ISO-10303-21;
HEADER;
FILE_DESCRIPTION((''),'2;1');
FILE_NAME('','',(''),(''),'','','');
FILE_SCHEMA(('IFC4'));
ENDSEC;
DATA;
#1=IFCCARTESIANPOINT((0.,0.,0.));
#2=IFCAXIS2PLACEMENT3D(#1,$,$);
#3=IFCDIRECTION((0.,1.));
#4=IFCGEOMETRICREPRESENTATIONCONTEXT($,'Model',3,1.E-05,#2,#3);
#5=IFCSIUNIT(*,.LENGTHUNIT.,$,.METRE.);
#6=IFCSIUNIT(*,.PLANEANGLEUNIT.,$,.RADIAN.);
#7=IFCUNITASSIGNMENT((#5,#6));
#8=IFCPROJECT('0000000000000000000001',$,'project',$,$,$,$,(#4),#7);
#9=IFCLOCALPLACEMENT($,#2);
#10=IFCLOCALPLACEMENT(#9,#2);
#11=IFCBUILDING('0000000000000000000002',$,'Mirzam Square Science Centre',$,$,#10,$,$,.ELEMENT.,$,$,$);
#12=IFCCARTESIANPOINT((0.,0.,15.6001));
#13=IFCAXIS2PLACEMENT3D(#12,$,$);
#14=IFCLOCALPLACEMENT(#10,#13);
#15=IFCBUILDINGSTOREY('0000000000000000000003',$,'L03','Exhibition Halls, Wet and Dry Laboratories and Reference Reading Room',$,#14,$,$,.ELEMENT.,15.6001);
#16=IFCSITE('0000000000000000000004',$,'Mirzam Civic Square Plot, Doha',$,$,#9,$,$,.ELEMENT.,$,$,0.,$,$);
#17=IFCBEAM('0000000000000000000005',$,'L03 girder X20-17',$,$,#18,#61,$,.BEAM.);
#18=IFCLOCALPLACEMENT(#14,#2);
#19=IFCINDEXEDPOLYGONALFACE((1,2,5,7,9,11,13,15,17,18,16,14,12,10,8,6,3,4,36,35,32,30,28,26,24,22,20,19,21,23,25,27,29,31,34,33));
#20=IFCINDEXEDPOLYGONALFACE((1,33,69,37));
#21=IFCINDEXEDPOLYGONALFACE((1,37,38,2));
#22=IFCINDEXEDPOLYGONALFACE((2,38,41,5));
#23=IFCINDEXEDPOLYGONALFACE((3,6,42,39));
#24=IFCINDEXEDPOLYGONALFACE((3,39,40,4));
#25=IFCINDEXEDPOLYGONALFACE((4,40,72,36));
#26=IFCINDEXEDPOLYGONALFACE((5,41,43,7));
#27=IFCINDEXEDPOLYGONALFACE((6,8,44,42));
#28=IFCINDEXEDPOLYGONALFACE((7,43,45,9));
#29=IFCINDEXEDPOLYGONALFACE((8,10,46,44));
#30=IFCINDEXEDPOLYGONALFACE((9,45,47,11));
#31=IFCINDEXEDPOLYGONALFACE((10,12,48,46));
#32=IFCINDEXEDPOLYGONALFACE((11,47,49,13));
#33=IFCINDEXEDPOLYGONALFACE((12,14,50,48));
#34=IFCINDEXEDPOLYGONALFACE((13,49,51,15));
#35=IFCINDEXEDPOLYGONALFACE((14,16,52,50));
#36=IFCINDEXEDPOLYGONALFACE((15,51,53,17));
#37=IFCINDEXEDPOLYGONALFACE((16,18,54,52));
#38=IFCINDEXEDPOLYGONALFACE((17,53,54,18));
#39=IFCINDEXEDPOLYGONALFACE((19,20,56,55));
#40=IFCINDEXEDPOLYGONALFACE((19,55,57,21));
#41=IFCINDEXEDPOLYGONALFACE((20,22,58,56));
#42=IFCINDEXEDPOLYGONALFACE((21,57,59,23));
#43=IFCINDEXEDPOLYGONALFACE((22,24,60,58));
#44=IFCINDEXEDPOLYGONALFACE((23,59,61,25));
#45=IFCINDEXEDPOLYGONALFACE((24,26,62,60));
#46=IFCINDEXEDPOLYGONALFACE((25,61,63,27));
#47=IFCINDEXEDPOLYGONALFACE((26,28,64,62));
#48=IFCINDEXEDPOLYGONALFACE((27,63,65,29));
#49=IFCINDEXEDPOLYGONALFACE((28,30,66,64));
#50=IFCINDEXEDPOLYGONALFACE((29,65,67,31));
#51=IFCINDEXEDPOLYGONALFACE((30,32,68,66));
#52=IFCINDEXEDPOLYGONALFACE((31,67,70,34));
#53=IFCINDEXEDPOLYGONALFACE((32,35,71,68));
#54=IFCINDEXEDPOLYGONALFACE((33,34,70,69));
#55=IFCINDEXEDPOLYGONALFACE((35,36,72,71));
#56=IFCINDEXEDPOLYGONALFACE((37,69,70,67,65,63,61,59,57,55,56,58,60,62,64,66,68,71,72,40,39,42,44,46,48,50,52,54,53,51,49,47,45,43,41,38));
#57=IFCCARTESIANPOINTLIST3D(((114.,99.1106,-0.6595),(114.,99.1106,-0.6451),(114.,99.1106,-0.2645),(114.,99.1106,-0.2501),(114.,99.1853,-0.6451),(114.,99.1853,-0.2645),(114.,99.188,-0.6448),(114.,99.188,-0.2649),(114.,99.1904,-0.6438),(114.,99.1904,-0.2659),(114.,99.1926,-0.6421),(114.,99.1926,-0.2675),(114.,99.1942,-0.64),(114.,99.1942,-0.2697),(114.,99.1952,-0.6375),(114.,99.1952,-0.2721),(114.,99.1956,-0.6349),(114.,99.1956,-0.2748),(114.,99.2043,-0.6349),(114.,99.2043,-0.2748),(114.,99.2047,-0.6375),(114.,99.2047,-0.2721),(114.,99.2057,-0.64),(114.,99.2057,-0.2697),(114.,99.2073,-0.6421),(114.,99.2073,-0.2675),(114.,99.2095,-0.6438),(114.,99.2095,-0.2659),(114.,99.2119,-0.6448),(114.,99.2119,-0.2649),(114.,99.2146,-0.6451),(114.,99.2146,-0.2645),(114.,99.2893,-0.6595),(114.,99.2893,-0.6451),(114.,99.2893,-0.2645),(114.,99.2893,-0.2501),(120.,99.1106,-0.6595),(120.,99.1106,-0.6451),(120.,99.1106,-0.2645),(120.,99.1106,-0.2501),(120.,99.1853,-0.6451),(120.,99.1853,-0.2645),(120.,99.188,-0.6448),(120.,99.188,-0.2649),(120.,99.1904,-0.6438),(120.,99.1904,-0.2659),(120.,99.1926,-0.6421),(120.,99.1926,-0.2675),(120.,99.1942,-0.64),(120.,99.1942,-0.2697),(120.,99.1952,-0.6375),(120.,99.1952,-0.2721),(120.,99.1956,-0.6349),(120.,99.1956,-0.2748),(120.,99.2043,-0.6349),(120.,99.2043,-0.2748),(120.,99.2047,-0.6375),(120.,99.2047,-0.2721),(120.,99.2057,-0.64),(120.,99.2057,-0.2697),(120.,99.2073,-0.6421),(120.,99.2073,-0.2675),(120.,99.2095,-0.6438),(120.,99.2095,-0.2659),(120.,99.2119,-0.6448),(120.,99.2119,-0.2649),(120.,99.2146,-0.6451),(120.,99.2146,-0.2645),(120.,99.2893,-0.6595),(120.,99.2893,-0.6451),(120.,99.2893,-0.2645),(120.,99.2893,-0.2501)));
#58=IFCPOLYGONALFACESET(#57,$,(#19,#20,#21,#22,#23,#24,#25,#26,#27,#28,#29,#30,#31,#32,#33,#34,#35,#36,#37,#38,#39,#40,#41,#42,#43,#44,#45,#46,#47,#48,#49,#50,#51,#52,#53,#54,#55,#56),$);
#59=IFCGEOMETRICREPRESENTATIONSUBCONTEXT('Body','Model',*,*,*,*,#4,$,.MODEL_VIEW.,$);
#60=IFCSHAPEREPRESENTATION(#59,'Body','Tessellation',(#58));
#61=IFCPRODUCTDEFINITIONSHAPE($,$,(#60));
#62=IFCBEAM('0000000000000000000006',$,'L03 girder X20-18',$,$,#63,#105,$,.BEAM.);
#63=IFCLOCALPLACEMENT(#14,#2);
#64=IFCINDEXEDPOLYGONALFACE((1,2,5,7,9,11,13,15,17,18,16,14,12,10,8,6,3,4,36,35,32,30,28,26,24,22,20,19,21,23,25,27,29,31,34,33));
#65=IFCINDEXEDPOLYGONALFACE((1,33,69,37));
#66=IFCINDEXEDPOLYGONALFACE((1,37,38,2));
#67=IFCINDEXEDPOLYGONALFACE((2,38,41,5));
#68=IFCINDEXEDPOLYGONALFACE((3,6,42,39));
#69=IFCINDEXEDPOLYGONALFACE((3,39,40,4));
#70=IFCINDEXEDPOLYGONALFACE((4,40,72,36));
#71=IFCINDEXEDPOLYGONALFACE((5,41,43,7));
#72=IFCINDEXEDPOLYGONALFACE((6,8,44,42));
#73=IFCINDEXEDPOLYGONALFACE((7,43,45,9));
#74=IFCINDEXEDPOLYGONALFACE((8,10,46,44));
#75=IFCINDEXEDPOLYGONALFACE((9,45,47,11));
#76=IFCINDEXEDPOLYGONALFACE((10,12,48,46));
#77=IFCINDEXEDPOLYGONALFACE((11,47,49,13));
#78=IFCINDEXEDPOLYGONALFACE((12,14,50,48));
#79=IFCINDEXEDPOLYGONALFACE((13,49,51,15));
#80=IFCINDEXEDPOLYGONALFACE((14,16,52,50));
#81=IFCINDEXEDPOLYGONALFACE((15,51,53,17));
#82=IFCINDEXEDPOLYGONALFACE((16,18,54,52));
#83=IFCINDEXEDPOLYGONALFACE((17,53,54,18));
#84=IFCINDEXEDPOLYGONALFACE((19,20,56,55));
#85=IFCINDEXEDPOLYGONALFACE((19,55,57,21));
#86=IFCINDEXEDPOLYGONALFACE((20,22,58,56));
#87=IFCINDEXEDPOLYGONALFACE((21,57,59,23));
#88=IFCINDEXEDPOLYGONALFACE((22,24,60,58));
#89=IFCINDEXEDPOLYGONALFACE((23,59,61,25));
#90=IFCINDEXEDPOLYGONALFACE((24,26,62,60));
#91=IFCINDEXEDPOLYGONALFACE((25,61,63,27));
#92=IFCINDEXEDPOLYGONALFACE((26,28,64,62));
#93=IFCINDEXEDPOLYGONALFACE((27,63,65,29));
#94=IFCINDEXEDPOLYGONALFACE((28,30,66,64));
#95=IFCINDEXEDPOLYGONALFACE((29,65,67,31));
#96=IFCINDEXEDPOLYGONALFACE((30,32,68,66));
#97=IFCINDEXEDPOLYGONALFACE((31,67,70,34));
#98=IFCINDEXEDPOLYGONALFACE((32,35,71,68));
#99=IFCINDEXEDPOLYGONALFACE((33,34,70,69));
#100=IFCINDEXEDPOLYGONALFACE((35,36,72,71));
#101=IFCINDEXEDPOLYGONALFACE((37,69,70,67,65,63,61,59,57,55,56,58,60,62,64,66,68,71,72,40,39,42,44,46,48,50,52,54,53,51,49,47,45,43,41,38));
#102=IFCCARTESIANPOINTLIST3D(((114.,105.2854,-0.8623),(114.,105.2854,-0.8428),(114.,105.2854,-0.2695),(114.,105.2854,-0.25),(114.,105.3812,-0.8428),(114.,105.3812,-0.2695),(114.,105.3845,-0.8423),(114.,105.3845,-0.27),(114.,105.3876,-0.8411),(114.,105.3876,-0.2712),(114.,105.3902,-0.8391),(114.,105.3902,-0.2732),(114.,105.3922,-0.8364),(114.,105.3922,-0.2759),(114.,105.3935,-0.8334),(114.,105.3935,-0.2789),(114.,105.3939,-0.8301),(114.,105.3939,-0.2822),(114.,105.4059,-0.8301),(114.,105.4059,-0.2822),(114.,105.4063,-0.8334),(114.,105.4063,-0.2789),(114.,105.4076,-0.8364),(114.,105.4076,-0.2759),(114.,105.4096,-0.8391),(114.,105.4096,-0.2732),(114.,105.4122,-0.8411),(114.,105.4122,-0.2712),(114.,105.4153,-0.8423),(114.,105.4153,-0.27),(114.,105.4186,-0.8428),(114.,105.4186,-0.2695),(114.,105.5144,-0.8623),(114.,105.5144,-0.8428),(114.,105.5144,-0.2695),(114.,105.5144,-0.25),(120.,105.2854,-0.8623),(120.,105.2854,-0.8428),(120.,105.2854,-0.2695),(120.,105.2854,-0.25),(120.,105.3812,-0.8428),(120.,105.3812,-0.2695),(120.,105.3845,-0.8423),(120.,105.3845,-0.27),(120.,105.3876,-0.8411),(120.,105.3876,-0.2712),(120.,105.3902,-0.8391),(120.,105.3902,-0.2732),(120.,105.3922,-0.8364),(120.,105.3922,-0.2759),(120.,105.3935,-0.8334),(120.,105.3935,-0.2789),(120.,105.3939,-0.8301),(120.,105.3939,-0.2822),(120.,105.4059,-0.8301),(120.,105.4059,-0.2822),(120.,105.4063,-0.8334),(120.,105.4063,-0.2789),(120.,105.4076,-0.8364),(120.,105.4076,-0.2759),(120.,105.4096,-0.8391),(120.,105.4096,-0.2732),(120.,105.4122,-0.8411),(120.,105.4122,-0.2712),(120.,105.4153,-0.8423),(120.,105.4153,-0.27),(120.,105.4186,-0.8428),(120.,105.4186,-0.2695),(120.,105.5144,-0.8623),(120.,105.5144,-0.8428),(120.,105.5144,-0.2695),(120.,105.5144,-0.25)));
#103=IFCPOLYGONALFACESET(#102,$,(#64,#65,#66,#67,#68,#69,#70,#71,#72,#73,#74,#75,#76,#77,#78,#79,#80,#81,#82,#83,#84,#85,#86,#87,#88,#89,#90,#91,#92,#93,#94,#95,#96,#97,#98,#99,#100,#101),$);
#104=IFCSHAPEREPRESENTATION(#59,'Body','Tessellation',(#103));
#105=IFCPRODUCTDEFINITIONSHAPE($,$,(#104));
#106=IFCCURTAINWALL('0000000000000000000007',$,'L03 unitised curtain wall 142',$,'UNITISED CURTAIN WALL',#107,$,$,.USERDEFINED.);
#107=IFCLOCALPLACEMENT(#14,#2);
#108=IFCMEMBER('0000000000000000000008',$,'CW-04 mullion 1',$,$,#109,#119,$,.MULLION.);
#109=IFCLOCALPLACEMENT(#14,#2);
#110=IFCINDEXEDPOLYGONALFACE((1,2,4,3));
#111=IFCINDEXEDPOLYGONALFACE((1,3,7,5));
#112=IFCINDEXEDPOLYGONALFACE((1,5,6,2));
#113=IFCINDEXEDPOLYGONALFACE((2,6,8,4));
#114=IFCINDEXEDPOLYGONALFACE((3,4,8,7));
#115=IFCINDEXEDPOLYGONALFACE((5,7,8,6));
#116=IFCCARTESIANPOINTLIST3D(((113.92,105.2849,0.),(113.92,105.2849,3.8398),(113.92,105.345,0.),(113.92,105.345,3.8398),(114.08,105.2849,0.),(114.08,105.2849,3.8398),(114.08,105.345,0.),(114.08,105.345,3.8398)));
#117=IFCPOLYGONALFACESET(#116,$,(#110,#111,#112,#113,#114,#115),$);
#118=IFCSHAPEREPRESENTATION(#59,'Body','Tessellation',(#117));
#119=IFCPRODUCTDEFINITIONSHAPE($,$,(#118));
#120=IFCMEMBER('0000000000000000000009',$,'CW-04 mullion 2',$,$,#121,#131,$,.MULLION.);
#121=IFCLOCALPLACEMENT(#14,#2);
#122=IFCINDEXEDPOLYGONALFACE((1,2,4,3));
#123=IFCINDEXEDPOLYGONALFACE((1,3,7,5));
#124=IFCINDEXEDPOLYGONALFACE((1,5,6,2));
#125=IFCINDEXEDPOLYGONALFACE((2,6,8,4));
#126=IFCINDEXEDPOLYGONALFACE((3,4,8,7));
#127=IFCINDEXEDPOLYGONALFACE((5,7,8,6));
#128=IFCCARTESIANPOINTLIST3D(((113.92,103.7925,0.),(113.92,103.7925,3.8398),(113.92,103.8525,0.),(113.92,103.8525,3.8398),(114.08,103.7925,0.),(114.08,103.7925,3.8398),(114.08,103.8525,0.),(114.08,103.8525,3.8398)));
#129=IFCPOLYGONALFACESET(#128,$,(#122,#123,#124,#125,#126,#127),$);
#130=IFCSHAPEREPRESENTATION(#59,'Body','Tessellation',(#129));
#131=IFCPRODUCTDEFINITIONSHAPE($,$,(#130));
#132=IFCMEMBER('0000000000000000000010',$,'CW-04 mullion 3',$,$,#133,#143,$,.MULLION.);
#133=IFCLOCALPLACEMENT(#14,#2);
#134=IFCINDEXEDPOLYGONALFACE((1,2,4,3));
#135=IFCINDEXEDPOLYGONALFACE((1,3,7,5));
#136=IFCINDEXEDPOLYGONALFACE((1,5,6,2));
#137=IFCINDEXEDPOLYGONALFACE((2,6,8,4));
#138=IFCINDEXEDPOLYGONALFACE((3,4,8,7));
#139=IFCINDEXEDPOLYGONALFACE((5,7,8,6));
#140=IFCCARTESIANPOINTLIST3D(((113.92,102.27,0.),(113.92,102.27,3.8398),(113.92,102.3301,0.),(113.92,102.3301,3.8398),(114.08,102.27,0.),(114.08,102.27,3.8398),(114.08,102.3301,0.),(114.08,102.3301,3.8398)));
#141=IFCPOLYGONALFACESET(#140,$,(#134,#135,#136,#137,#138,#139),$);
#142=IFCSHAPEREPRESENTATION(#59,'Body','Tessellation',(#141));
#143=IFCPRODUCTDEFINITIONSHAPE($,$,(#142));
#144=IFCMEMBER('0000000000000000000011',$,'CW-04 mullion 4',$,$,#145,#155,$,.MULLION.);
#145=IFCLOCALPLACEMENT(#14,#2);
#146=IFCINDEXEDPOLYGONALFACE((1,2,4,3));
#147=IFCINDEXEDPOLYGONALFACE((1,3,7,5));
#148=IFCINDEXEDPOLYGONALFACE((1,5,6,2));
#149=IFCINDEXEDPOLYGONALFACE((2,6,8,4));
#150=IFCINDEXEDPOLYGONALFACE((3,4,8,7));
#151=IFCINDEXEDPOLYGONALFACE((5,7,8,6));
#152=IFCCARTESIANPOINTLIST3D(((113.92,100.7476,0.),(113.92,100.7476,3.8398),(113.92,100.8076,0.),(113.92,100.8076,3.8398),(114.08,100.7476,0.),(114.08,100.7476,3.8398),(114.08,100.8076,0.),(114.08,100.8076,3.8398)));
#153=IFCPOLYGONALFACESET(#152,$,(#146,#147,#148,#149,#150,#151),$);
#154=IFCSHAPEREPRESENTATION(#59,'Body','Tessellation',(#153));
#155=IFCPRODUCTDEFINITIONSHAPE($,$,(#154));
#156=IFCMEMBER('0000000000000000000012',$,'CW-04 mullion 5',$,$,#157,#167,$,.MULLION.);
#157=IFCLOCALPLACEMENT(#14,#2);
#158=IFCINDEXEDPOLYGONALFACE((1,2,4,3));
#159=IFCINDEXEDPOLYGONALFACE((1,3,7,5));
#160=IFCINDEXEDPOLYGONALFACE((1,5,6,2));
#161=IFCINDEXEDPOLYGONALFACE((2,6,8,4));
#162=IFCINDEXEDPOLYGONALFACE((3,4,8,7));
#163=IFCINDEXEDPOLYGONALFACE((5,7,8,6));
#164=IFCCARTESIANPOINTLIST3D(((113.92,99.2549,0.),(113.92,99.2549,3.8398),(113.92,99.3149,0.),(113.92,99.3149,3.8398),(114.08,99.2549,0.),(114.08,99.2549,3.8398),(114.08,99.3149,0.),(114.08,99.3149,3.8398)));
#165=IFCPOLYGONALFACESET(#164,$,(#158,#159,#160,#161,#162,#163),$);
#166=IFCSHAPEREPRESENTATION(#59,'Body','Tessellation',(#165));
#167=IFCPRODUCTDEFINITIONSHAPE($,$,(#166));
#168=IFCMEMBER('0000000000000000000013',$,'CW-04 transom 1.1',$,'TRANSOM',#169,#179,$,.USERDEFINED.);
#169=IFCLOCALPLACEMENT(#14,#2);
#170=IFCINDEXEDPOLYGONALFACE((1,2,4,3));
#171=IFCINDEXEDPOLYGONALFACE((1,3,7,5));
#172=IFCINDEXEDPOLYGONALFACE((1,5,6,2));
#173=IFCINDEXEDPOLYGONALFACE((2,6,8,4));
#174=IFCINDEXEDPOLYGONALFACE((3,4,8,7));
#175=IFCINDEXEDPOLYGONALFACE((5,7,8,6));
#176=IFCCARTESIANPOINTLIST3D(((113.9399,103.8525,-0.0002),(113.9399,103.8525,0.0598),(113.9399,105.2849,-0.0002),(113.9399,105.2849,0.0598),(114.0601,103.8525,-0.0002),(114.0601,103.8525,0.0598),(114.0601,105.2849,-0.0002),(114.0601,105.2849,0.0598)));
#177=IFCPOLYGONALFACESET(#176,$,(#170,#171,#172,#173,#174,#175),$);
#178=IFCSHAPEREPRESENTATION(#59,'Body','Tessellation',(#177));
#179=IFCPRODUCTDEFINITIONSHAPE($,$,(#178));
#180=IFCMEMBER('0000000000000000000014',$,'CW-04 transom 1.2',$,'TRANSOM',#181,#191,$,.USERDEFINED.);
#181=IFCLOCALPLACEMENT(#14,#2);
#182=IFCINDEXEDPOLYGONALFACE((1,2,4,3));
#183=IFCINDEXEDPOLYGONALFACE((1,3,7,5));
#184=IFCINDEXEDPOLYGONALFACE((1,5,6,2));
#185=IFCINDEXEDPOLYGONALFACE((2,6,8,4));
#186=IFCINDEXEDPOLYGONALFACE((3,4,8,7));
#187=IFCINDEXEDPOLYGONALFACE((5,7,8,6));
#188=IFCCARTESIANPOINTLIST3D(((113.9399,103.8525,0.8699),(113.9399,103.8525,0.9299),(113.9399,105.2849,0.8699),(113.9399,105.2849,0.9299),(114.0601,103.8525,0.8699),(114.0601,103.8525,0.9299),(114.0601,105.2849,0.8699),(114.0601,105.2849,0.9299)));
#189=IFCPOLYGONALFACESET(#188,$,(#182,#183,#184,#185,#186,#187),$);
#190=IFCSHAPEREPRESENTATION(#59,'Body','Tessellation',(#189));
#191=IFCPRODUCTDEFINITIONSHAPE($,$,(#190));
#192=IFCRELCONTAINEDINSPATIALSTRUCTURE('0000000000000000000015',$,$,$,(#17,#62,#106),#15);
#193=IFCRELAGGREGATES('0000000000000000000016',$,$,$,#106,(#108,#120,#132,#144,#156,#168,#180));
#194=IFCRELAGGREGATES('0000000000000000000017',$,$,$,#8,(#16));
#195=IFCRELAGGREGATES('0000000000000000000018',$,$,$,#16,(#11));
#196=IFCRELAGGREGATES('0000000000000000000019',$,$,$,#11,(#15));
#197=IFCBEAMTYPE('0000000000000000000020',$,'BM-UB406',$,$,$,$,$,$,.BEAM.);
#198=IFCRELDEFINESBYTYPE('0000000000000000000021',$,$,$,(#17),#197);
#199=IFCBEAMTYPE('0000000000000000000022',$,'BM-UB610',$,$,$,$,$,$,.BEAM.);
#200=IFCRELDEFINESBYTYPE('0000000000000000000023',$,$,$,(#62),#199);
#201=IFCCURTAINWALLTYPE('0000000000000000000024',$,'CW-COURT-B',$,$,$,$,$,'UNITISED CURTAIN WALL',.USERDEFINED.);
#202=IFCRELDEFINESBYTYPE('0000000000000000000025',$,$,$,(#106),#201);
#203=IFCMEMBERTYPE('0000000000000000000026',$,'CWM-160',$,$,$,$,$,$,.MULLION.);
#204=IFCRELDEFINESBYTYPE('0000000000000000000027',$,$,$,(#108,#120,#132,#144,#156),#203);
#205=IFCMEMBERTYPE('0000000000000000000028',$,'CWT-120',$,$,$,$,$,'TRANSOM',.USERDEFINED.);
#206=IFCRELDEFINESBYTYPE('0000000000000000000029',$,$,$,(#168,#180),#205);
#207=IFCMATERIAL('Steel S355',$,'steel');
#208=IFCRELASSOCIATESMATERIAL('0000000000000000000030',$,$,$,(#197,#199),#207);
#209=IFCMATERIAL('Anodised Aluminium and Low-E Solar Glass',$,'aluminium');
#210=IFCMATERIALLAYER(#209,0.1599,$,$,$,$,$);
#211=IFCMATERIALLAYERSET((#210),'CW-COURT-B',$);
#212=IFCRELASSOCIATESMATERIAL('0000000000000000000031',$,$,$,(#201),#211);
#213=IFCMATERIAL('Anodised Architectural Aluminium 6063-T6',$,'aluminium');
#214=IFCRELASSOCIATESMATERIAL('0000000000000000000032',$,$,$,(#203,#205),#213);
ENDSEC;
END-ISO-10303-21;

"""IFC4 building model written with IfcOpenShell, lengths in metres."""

from ifc_helpers import new_model, si_unit, direction, frame, origin, origin_2d, place, context, subcontext, project, spatial, rectangle, i_section, extrude, material, layer, layer_set, material_profile, profile_set, type_object, element, aggregate, save


model = new_model("IFC4")

# Units and contexts
model_context = context("Model", 3, precision=1e-05, world=origin(), true_north=direction((0.0, 1.0)))
body_context = subcontext(model_context, "Body", "Model", "MODEL_VIEW")
ifc_project = project(units=[si_unit("LENGTHUNIT", "METRE"), si_unit("PLANEANGLEUNIT", "RADIAN")], contexts=[model_context])

# Site, building, storey
site_placement = place(None, origin())
site = spatial("IfcSite", under=ifc_project, at=site_placement, Name="Mirzam Civic Square Plot, Doha", CompositionType="ELEMENT", RefElevation=0.0)
building_placement = place(site_placement, origin())
building = spatial("IfcBuilding", under=site, at=building_placement, Name="Mirzam Square Science Centre", CompositionType="ELEMENT")
storey_placement = place(building_placement, frame((0.0, 0.0, 15.6001)))
storey = spatial("IfcBuildingStorey", under=building, at=storey_placement, Name="L03", Description="Exhibition Halls, Wet and Dry Laboratories and Reference Reading Room", CompositionType="ELEMENT", Elevation=15.6001)

# Shared definitions
ifc_material_1 = material(Name="Steel S355", Category="steel")

# Beams
ifc_material_profile_1 = material_profile(ifc_material_1, i_section(OverallWidth=0.1787, OverallDepth=0.4094, WebThickness=0.0088, FlangeThickness=0.0144, FilletRadius=0.0103, at=origin_2d()), Name="406x178x67UB")
ifc_profile_set_1 = profile_set([ifc_material_profile_1], Name="Steel S355")
beam_type_1 = type_object("IfcBeamType", Name="BM-UB406", PredefinedType="BEAM", material=ifc_profile_set_1)
beam_1_placement = place(storey_placement, frame((114.0, 99.2, -0.4548), z_axis=(1.0, 0.0, 0.0), x_axis=(0.0, 1.0, 0.0)))
element("IfcBeam", 1, at=beam_1_placement, inside=storey, type_object=beam_type_1, Name="L03 girder X20-17", PredefinedType="BEAM", context=body_context, shape_type="SweptSolid", body=[
    extrude(i_section(OverallWidth=0.1787, OverallDepth=0.4094, WebThickness=0.0088, FlangeThickness=0.0144, FilletRadius=0.0103, at=origin_2d()), origin(), (0.0, 0.0, 1.0), 6.0),
])
ifc_material_profile_2 = material_profile(ifc_material_1, i_section(OverallWidth=0.229, OverallDepth=0.6123, WebThickness=0.012, FlangeThickness=0.0195, FilletRadius=0.0127, at=origin_2d()), Name="610x229x125UB")
ifc_profile_set_2 = profile_set([ifc_material_profile_2], Name="Steel S355")
beam_type_2 = type_object("IfcBeamType", Name="BM-UB610", PredefinedType="BEAM", material=ifc_profile_set_2)
beam_2_placement = place(storey_placement, frame((114.0, 105.3999, -0.5562), z_axis=(1.0, 0.0, 0.0), x_axis=(0.0, 1.0, 0.0)))
element("IfcBeam", 2, at=beam_2_placement, inside=storey, type_object=beam_type_2, Name="L03 girder X20-18", PredefinedType="BEAM", context=body_context, shape_type="SweptSolid", body=[
    extrude(i_section(OverallWidth=0.229, OverallDepth=0.6123, WebThickness=0.012, FlangeThickness=0.0195, FilletRadius=0.0127, at=origin_2d()), origin(), (0.0, 0.0, 1.0), 6.0),
])

# Curtain wall, members
ifc_material_2 = material(Name="Anodised Aluminium and Low-E Solar Glass", Category="aluminium")
ifc_layer_1 = layer(ifc_material_2, 0.1599)
ifc_layer_set_1 = layer_set([ifc_layer_1], Name="CW-COURT-B")
curtain_wall_type = type_object("IfcCurtainWallType", Name="CW-COURT-B", ElementType="UNITISED CURTAIN WALL", PredefinedType="USERDEFINED", material=ifc_layer_set_1)
curtain_wall_placement = place(storey_placement, origin())
curtain_wall = element("IfcCurtainWall", 3, at=curtain_wall_placement, inside=storey, type_object=curtain_wall_type, Name="L03 unitised curtain wall 142", ObjectType="UNITISED CURTAIN WALL", PredefinedType="USERDEFINED")
ifc_material_3 = material(Name="Anodised Architectural Aluminium 6063-T6", Category="aluminium")
ifc_material_profile_3 = material_profile(ifc_material_3, rectangle(XDim=0.0601, YDim=0.1599, at=origin_2d()), Name="ALU-MULL-160x60x4")
ifc_profile_set_3 = profile_set([ifc_material_profile_3], Name="Anodised Architectural Aluminium 6063-T6")
member_type_1 = type_object("IfcMemberType", Name="CWM-160", PredefinedType="MULLION", material=ifc_profile_set_3)
member_1_placement = place(storey_placement, frame((114.0, 105.3149, 0.0), z_axis=(0.0, 0.0, 1.0), x_axis=(0.0, -1.0, 0.0)))
member_1 = element("IfcMember", 4, at=member_1_placement, type_object=member_type_1, Name="CW-04 mullion 1", PredefinedType="MULLION", context=body_context, shape_type="SweptSolid", body=[
    extrude(rectangle(XDim=0.0601, YDim=0.1599, at=origin_2d()), origin(), (0.0, 0.0, 1.0), 3.8398),
])
member_2_placement = place(storey_placement, frame((114.0, 103.8225, 0.0), z_axis=(0.0, 0.0, 1.0), x_axis=(0.0, -1.0, 0.0)))
member_2 = element("IfcMember", 5, at=member_2_placement, type_object=member_type_1, Name="CW-04 mullion 2", PredefinedType="MULLION", context=body_context, shape_type="SweptSolid", body=[
    extrude(rectangle(XDim=0.0601, YDim=0.1599, at=origin_2d()), origin(), (0.0, 0.0, 1.0), 3.8398),
])
member_3_placement = place(storey_placement, frame((114.0, 102.3, 0.0), z_axis=(0.0, 0.0, 1.0), x_axis=(0.0, -1.0, 0.0)))
member_3 = element("IfcMember", 6, at=member_3_placement, type_object=member_type_1, Name="CW-04 mullion 3", PredefinedType="MULLION", context=body_context, shape_type="SweptSolid", body=[
    extrude(rectangle(XDim=0.0601, YDim=0.1599, at=origin_2d()), origin(), (0.0, 0.0, 1.0), 3.8398),
])
member_4_placement = place(storey_placement, frame((114.0, 100.7776, 0.0), z_axis=(0.0, 0.0, 1.0), x_axis=(0.0, -1.0, 0.0)))
member_4 = element("IfcMember", 7, at=member_4_placement, type_object=member_type_1, Name="CW-04 mullion 4", PredefinedType="MULLION", context=body_context, shape_type="SweptSolid", body=[
    extrude(rectangle(XDim=0.0601, YDim=0.1599, at=origin_2d()), origin(), (0.0, 0.0, 1.0), 3.8398),
])
member_5_placement = place(storey_placement, frame((114.0, 99.2849, 0.0), z_axis=(0.0, 0.0, 1.0), x_axis=(0.0, -1.0, 0.0)))
member_5 = element("IfcMember", 8, at=member_5_placement, type_object=member_type_1, Name="CW-04 mullion 5", PredefinedType="MULLION", context=body_context, shape_type="SweptSolid", body=[
    extrude(rectangle(XDim=0.0601, YDim=0.1599, at=origin_2d()), origin(), (0.0, 0.0, 1.0), 3.8398),
])
ifc_material_profile_4 = material_profile(ifc_material_3, rectangle(XDim=0.1201, YDim=0.0601, at=origin_2d()), Name="ALU-TRAN-120x60x4")
ifc_profile_set_4 = profile_set([ifc_material_profile_4], Name="Anodised Architectural Aluminium 6063-T6")
member_type_2 = type_object("IfcMemberType", Name="CWT-120", ElementType="TRANSOM", PredefinedType="USERDEFINED", material=ifc_profile_set_4)
member_6_placement = place(storey_placement, frame((114.0, 105.2849, 0.0298), z_axis=(0.0, -1.0, 0.0), x_axis=(1.0, 0.0, 0.0)))
member_6 = element("IfcMember", 9, at=member_6_placement, type_object=member_type_2, Name="CW-04 transom 1.1", ObjectType="TRANSOM", PredefinedType="USERDEFINED", context=body_context, shape_type="SweptSolid", body=[
    extrude(rectangle(XDim=0.1201, YDim=0.0601, at=origin_2d()), origin(), (0.0, 0.0, 1.0), 1.4324),
])
member_7_placement = place(storey_placement, frame((114.0, 105.2849, 0.8999), z_axis=(0.0, -1.0, 0.0), x_axis=(1.0, 0.0, 0.0)))
member_7 = element("IfcMember", 10, at=member_7_placement, type_object=member_type_2, Name="CW-04 transom 1.2", ObjectType="TRANSOM", PredefinedType="USERDEFINED", context=body_context, shape_type="SweptSolid", body=[
    extrude(rectangle(XDim=0.1201, YDim=0.0601, at=origin_2d()), origin(), (0.0, 0.0, 1.0), 1.4324),
])

aggregate(curtain_wall, [member_1, member_2, member_3, member_4, member_5, member_6, member_7])

save(model, "model.ifc")
